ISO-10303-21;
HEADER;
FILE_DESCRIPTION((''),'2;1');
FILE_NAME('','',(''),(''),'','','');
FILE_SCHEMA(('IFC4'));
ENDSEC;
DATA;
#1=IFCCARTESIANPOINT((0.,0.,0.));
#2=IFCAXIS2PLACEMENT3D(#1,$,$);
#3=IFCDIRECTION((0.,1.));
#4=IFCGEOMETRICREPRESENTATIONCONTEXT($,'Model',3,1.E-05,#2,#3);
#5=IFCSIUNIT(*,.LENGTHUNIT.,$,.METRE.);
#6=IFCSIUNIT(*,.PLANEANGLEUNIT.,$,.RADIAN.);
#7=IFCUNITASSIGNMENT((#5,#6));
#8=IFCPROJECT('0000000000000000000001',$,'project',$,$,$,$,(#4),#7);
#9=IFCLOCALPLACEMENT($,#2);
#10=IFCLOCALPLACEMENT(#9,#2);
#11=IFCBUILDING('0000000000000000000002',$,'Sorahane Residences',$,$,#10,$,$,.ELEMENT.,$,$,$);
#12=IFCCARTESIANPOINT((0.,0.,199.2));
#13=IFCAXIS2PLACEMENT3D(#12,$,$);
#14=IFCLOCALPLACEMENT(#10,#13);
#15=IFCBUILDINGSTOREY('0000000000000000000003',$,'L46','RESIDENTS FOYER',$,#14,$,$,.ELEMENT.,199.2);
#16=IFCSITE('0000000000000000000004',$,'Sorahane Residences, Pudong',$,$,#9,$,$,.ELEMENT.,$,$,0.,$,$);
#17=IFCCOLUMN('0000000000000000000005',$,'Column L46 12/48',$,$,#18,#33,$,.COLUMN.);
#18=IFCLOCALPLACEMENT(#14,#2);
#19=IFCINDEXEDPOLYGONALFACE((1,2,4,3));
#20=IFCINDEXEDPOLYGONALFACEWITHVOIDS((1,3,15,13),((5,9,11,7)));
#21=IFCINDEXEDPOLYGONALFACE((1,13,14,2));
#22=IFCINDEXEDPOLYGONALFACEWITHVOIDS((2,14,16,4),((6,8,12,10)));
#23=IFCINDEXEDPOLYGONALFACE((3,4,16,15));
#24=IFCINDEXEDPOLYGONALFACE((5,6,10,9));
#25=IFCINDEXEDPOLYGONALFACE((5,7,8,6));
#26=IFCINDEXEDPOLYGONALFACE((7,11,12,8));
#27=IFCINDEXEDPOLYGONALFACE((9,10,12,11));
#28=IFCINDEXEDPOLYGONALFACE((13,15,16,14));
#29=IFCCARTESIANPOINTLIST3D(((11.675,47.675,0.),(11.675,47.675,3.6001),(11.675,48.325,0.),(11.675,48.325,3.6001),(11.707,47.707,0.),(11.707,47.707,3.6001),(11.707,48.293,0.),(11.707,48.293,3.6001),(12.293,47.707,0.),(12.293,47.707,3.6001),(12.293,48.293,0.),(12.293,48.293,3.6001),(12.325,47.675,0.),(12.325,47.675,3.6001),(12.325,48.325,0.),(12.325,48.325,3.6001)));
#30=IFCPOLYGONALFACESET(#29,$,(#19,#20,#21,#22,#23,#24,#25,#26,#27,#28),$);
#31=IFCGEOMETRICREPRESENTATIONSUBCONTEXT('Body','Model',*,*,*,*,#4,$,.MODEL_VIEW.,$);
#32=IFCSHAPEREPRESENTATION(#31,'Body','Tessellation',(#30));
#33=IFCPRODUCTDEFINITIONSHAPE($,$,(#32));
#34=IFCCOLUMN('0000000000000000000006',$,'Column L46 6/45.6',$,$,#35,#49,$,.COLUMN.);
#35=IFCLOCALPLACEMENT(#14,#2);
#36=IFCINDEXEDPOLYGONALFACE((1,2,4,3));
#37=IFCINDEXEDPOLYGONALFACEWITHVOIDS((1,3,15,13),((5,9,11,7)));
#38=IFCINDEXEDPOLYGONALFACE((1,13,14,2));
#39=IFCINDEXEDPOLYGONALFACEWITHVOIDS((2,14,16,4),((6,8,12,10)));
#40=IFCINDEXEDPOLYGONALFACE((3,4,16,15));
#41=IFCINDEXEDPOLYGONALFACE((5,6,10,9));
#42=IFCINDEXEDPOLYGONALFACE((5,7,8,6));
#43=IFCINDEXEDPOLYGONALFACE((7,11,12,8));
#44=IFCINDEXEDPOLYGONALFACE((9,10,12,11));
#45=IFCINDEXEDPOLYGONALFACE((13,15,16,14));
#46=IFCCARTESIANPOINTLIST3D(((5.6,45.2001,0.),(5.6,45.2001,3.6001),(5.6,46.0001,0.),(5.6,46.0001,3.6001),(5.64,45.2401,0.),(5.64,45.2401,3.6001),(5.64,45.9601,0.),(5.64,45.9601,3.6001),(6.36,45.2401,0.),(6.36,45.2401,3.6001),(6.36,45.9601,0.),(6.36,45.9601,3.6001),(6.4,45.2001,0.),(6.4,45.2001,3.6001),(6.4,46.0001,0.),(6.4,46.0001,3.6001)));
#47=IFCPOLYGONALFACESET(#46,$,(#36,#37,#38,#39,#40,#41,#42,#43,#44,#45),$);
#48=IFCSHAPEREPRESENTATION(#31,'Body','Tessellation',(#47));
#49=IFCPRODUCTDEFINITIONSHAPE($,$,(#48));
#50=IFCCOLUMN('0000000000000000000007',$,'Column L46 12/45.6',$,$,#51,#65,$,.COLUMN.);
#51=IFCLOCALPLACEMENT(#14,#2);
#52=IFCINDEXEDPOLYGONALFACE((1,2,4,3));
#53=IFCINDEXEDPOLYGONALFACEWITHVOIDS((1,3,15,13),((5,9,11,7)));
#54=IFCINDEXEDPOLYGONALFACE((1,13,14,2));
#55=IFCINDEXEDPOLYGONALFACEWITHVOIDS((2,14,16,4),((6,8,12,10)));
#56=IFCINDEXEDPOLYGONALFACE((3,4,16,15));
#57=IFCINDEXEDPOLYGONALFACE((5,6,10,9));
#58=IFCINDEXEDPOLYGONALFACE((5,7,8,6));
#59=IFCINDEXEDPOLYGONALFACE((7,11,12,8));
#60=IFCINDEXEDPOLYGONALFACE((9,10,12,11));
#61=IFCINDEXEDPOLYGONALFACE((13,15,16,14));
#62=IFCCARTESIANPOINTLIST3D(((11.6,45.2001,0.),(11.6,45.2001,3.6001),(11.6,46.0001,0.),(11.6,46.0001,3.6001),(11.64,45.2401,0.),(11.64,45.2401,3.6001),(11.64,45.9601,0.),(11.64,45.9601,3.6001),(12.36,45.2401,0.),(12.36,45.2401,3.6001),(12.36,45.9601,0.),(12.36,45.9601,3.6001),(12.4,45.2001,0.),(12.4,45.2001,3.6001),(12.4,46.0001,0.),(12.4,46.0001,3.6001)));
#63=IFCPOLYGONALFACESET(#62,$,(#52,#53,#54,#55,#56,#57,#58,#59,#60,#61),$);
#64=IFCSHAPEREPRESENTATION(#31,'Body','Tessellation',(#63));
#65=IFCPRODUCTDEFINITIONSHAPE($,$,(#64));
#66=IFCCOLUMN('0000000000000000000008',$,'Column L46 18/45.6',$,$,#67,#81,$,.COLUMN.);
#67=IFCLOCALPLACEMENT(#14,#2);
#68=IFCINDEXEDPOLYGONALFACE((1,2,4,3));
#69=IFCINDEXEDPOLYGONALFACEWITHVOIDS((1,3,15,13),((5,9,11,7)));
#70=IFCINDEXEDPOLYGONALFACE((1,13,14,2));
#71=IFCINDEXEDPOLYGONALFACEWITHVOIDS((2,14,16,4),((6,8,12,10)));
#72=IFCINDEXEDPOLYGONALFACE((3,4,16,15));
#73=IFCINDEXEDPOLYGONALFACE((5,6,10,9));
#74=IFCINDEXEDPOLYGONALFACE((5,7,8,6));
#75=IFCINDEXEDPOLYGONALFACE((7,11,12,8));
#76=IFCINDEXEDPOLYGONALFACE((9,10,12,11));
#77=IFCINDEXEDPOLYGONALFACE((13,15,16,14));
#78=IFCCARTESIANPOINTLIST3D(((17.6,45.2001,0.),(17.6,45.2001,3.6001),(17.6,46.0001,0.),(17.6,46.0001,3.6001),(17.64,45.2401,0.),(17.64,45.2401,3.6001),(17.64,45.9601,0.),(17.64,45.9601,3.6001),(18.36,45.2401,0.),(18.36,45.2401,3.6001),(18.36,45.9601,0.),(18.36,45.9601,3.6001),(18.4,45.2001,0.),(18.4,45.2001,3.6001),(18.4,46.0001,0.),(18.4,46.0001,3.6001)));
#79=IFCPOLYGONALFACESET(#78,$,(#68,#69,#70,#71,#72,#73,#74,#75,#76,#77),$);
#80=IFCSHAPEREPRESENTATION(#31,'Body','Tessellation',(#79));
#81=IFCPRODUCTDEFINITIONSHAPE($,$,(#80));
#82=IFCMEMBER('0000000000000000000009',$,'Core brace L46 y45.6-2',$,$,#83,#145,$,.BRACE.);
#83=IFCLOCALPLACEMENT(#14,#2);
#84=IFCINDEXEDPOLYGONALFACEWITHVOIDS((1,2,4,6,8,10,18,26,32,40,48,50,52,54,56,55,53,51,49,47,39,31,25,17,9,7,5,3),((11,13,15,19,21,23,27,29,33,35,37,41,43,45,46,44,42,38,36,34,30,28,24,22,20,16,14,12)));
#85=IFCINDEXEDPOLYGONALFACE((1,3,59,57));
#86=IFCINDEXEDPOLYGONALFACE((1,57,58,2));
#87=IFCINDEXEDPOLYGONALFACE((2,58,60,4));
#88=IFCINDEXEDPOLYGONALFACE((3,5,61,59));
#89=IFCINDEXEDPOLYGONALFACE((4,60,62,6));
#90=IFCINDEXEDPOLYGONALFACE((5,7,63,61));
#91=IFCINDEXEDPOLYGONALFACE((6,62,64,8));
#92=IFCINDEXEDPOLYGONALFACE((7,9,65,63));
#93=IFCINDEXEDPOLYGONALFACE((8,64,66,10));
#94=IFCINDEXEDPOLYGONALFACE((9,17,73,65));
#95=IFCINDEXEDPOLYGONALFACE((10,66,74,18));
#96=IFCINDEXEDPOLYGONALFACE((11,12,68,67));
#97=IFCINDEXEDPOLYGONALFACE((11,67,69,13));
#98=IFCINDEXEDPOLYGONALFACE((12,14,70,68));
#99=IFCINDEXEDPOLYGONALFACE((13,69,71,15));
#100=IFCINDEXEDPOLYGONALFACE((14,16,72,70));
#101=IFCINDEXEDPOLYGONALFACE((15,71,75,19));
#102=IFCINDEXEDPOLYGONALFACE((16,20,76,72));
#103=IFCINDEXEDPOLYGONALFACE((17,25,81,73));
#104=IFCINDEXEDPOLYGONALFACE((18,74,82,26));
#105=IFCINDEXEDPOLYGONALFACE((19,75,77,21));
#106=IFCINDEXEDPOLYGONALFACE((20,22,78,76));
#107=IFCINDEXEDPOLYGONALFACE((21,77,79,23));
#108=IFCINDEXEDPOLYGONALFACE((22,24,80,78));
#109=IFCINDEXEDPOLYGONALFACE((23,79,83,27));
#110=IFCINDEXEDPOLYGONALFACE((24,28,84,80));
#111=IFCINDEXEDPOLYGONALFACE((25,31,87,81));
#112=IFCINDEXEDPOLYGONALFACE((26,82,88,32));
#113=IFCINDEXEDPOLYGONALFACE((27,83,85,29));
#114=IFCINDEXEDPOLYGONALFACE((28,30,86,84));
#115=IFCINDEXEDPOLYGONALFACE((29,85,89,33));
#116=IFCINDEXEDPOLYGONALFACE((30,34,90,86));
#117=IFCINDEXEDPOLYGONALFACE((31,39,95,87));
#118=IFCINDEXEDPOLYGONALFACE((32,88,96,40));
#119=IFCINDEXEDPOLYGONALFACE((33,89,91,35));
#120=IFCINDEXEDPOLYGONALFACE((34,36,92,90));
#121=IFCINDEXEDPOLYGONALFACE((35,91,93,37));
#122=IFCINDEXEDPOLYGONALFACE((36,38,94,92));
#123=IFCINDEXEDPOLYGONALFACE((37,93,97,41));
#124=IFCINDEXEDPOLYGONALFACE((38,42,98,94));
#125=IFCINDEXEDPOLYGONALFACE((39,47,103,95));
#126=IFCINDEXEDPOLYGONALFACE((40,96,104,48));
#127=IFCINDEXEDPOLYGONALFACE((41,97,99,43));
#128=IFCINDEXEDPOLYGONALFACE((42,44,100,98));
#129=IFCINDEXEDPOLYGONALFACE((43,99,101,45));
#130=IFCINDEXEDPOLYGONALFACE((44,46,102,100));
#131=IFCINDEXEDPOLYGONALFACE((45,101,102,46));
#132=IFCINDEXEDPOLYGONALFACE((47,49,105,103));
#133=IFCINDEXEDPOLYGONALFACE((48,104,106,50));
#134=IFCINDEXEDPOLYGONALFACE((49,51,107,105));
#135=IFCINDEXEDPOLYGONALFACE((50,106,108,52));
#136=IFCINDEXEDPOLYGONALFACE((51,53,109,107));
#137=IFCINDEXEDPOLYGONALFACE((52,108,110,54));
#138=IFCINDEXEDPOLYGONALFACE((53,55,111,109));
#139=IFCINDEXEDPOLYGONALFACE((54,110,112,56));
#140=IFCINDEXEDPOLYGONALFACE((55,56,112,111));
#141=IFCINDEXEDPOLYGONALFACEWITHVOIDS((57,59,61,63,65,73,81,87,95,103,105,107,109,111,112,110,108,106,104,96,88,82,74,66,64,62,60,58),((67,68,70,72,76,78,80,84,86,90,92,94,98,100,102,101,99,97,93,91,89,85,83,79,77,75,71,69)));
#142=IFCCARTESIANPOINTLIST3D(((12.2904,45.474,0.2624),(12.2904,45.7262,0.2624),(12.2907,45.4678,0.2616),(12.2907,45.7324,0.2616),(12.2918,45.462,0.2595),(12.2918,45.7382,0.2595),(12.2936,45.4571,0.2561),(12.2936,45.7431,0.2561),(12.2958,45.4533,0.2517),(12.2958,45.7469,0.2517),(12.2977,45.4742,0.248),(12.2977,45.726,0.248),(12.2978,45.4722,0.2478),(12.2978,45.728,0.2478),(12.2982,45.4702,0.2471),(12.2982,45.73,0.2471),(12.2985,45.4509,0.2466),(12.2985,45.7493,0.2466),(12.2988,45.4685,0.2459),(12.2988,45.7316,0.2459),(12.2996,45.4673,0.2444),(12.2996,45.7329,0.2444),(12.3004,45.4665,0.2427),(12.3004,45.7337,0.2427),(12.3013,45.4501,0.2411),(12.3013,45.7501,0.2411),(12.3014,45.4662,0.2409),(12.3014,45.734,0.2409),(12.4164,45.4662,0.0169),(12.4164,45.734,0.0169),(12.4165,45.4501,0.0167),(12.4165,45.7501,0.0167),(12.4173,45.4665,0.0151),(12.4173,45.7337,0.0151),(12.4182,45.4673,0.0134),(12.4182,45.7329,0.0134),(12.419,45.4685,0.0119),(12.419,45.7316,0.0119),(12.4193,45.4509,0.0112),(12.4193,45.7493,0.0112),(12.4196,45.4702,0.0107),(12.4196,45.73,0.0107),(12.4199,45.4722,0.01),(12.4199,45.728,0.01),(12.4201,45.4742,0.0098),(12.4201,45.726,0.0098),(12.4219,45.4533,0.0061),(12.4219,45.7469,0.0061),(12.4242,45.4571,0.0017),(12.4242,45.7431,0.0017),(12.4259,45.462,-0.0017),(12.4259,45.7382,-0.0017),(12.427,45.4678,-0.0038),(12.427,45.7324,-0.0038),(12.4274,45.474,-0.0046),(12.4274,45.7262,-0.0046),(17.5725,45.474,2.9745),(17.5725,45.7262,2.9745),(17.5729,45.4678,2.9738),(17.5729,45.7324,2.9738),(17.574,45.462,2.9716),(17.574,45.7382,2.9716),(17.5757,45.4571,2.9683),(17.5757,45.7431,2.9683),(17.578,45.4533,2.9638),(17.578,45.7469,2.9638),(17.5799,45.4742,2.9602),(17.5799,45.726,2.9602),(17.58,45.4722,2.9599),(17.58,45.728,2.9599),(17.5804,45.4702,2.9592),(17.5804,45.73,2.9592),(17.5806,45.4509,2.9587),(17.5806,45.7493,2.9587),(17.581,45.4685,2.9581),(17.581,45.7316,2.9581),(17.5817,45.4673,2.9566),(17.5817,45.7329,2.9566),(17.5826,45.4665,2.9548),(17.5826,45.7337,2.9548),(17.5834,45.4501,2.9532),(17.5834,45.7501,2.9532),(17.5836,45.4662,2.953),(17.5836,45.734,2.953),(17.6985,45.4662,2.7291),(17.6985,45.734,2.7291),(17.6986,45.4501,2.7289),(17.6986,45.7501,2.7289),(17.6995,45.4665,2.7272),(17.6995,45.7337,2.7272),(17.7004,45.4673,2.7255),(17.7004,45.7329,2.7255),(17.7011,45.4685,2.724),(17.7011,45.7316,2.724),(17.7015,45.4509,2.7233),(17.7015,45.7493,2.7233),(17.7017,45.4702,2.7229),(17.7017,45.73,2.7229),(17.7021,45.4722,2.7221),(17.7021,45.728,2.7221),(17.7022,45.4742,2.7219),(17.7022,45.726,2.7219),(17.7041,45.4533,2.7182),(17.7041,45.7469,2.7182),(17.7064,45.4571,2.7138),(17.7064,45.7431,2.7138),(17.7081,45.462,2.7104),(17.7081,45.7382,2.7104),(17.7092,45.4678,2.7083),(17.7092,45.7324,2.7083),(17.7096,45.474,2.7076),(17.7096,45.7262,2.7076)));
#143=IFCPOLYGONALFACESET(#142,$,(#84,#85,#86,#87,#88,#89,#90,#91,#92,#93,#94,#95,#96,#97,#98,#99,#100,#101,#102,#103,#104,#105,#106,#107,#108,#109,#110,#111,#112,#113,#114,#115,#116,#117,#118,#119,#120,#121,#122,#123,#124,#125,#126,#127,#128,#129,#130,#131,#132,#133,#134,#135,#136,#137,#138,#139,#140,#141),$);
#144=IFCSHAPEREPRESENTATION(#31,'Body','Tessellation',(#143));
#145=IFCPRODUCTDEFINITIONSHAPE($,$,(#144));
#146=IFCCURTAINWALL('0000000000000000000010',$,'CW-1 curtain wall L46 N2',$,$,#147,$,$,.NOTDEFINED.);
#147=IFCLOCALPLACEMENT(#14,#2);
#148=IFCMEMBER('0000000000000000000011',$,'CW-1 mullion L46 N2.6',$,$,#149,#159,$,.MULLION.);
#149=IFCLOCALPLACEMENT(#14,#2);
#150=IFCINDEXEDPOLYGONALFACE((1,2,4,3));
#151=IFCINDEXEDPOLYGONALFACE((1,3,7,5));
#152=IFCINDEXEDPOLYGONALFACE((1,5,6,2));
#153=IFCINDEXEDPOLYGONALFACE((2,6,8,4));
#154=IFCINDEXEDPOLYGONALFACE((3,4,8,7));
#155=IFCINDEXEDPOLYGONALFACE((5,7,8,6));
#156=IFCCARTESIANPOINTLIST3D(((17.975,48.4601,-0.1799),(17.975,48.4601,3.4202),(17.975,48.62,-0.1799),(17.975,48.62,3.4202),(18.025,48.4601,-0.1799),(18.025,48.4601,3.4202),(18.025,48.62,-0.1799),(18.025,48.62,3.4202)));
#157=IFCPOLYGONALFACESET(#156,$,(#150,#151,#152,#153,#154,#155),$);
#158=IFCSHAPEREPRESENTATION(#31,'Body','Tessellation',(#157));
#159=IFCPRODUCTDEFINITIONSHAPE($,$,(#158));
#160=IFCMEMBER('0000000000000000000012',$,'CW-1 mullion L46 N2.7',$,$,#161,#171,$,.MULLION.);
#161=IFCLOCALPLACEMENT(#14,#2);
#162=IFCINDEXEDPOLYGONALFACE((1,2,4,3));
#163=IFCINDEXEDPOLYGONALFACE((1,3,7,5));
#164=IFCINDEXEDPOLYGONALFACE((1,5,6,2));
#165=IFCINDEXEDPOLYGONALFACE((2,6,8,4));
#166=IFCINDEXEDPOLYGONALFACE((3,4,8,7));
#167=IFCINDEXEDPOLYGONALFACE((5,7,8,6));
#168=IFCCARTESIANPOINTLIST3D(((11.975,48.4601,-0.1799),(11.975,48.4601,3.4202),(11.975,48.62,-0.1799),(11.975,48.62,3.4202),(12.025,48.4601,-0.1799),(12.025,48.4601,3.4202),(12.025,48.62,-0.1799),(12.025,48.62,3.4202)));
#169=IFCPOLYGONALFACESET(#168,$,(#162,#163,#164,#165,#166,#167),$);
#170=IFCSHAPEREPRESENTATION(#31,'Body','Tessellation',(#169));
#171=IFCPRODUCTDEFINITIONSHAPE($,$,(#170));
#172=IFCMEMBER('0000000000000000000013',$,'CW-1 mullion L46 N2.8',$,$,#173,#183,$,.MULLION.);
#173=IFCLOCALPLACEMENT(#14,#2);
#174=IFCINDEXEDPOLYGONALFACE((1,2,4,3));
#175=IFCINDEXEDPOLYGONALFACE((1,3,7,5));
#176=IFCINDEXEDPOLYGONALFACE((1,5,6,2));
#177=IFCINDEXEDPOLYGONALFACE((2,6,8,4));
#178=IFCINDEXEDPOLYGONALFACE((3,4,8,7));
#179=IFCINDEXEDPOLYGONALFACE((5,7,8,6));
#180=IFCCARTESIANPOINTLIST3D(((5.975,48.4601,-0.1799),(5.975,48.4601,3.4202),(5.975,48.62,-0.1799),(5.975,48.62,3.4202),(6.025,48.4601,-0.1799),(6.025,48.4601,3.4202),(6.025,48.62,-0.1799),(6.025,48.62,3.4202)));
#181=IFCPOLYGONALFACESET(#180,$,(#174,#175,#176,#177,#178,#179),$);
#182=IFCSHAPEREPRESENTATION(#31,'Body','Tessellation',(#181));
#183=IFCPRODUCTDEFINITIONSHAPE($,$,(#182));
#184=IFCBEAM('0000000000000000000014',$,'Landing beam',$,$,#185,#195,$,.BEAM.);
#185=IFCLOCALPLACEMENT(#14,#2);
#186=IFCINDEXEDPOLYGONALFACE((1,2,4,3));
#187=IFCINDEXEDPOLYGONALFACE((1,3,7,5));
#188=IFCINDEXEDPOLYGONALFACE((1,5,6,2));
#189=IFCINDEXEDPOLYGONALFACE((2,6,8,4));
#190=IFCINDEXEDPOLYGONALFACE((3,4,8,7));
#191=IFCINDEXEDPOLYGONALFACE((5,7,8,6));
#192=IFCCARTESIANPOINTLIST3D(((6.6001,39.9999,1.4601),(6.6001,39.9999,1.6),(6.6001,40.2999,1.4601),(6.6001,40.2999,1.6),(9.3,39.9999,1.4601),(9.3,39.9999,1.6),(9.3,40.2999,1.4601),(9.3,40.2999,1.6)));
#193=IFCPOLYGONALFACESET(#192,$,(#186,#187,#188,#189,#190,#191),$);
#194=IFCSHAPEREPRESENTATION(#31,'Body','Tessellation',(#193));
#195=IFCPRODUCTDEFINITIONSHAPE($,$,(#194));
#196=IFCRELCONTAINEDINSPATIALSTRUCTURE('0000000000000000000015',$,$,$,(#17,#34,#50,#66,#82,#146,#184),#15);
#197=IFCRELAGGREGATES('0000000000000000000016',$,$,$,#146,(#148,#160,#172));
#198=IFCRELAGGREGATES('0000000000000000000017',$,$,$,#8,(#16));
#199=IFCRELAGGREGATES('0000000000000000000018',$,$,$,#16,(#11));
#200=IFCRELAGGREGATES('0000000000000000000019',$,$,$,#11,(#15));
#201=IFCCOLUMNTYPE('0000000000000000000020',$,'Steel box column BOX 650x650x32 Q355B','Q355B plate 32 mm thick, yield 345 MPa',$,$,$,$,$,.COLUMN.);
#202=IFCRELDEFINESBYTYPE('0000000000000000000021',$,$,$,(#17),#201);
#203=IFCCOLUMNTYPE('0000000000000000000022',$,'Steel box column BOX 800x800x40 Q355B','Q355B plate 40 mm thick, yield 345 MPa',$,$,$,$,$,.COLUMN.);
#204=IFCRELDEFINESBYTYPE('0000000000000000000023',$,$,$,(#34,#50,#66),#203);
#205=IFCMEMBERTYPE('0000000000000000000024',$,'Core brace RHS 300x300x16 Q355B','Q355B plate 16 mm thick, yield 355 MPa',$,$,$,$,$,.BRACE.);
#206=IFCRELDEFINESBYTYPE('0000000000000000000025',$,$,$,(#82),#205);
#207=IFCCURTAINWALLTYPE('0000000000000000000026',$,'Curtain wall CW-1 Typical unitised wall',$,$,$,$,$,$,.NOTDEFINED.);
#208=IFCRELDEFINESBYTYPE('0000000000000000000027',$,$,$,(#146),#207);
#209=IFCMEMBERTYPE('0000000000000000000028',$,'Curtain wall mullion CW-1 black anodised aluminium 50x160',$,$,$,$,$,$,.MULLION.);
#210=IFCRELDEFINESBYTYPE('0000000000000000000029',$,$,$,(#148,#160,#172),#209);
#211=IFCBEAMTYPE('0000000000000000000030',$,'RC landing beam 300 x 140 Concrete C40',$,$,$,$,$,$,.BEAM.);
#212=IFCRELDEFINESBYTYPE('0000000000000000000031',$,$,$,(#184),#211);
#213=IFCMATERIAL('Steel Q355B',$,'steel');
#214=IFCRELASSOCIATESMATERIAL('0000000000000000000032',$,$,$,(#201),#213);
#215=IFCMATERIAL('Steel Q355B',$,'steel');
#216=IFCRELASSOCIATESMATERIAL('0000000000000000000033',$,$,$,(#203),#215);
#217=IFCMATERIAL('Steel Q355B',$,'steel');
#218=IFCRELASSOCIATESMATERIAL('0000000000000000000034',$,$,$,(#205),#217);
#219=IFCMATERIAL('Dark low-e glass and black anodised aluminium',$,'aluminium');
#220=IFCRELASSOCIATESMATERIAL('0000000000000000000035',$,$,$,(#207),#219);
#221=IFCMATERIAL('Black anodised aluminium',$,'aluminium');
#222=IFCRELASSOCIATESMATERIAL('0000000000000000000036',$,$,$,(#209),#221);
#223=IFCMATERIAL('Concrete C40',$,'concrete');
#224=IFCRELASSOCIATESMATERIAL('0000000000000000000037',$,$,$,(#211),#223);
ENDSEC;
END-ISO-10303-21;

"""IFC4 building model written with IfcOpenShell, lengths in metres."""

from ifc_helpers import new_model, si_unit, direction, frame, origin, origin_2d, place, context, subcontext, project, spatial, rectangle, hollow_rectangle, extrude, material, material_profile, profile_set, type_object, element, aggregate, save


model = new_model("IFC4")

# Units and contexts
model_context = context("Model", 3, precision=1e-05, world=origin(), true_north=direction((0.0, 1.0)))
body_context = subcontext(model_context, "Body", "Model", "MODEL_VIEW")
ifc_project = project(units=[si_unit("LENGTHUNIT", "METRE"), si_unit("PLANEANGLEUNIT", "RADIAN")], contexts=[model_context])

# Site, building, storey
site_placement = place(None, origin())
site = spatial("IfcSite", under=ifc_project, at=site_placement, Name="Sorahane Residences, Pudong", CompositionType="ELEMENT", RefElevation=0.0)
building_placement = place(site_placement, origin())
building = spatial("IfcBuilding", under=site, at=building_placement, Name="Sorahane Residences", CompositionType="ELEMENT")
storey_placement = place(building_placement, frame((0.0, 0.0, 199.2)))
storey = spatial("IfcBuildingStorey", under=building, at=storey_placement, Name="L46", Description="RESIDENTS FOYER", CompositionType="ELEMENT", Elevation=199.2)

# Columns
ifc_material_1 = material(Name="Steel Q355B", Category="steel")
ifc_material_profile_1 = material_profile(ifc_material_1, hollow_rectangle(XDim=0.6499, YDim=0.6499, WallThickness=0.032, at=origin_2d()), Name="BOX 650x650x32")
ifc_profile_set_1 = profile_set([ifc_material_profile_1], Name="Steel Q355B")
column_type_1 = type_object("IfcColumnType", Name="Steel box column BOX 650x650x32 Q355B", Description="Q355B plate 32 mm thick, yield 345 MPa", PredefinedType="COLUMN", material=ifc_profile_set_1)
column_placement = place(storey_placement, frame((12.0, 48.0, 0.0), z_axis=(0.0, 0.0, 1.0), x_axis=(1.0, 0.0, 0.0)))
element("IfcColumn", 1, at=column_placement, inside=storey, type_object=column_type_1, Name="Column L46 12/48", PredefinedType="COLUMN", context=body_context, shape_type="SweptSolid", body=[
    extrude(hollow_rectangle(XDim=0.6499, YDim=0.6499, WallThickness=0.032, at=origin_2d()), origin(), (0.0, 0.0, 1.0), 3.6001),
])
ifc_material_2 = material(Name="Steel Q355B", Category="steel")
ifc_material_profile_2 = material_profile(ifc_material_2, hollow_rectangle(XDim=0.8, YDim=0.8, WallThickness=0.04, at=origin_2d()), Name="BOX 800x800x40")
ifc_profile_set_2 = profile_set([ifc_material_profile_2], Name="Steel Q355B")
column_type_2 = type_object("IfcColumnType", Name="Steel box column BOX 800x800x40 Q355B", Description="Q355B plate 40 mm thick, yield 345 MPa", PredefinedType="COLUMN", material=ifc_profile_set_2)
for number, where, z_axis, x_axis, name in (
    (2, (6.0, 45.6001, 0.0), (0.0, 0.0, 1.0), (1.0, 0.0, 0.0), "Column L46 6/45.6"),
    (3, (12.0, 45.6001, 0.0), (0.0, 0.0, 1.0), (1.0, 0.0, 0.0), "Column L46 12/45.6"),
    (4, (18.0, 45.6001, 0.0), (0.0, 0.0, 1.0), (1.0, 0.0, 0.0), "Column L46 18/45.6"),
):
    element("IfcColumn", number, at=place(storey_placement, frame(where, z_axis=z_axis, x_axis=x_axis)), inside=storey, type_object=column_type_2, Name=name, PredefinedType="COLUMN", context=body_context, shape_type="SweptSolid", body=[
        extrude(hollow_rectangle(XDim=0.8, YDim=0.8, WallThickness=0.04, at=origin_2d()), origin(), (0.0, 0.0, 1.0), 3.6001),
    ])

# Member
ifc_material_3 = material(Name="Steel Q355B", Category="steel")
ifc_material_profile_3 = material_profile(ifc_material_3, hollow_rectangle(XDim=0.3, YDim=0.3, WallThickness=0.0161, InnerFilletRadius=0.0081, OuterFilletRadius=0.0239, at=origin_2d()), Name="RHS 300x300x16")
ifc_profile_set_3 = profile_set([ifc_material_profile_3], Name="Steel Q355B")
member_type_1 = type_object("IfcMemberType", Name="Core brace RHS 300x300x16 Q355B", Description="Q355B plate 16 mm thick, yield 355 MPa", PredefinedType="BRACE", material=ifc_profile_set_3)
member_1_placement = place(storey_placement, frame((12.3589, 45.6001, 0.1289), z_axis=(0.88959, 0.0, 0.45676), x_axis=(0.0, 1.0, 0.0)))
element("IfcMember", 5, at=member_1_placement, inside=storey, type_object=member_type_1, Name="Core brace L46 y45.6-2", PredefinedType="BRACE", context=body_context, shape_type="SweptSolid", body=[
    extrude(hollow_rectangle(XDim=0.3, YDim=0.3, WallThickness=0.0161, InnerFilletRadius=0.0081, OuterFilletRadius=0.0239, at=origin_2d()), origin(), (0.0, 0.0, 1.0), 5.9377),
])

# Curtain wall, members
ifc_material_4 = material(Name="Dark low-e glass and black anodised aluminium", Category="aluminium")
curtain_wall_type = type_object("IfcCurtainWallType", Name="Curtain wall CW-1 Typical unitised wall", PredefinedType="NOTDEFINED", material=ifc_material_4)
curtain_wall_placement = place(storey_placement, origin())
curtain_wall = element("IfcCurtainWall", 6, at=curtain_wall_placement, inside=storey, type_object=curtain_wall_type, Name="CW-1 curtain wall L46 N2", PredefinedType="NOTDEFINED")
ifc_material_5 = material(Name="Black anodised aluminium", Category="aluminium")
ifc_material_profile_4 = material_profile(ifc_material_5, rectangle(XDim=0.1599, YDim=0.05, at=origin_2d()), Name="Curtain wall mullion CW-1 black anodised aluminium 50x160")
ifc_profile_set_4 = profile_set([ifc_material_profile_4], Name="Black anodised aluminium")
member_type_2 = type_object("IfcMemberType", Name="Curtain wall mullion CW-1 black anodised aluminium 50x160", PredefinedType="MULLION", material=ifc_profile_set_4)
member_2_placement = place(storey_placement, frame((18.0, 48.54, -0.1799), z_axis=(0.0, 0.0, 1.0), x_axis=(0.0, 1.0, 0.0)))
member_2 = element("IfcMember", 7, at=member_2_placement, type_object=member_type_2, Name="CW-1 mullion L46 N2.6", PredefinedType="MULLION", context=body_context, shape_type="SweptSolid", body=[
    extrude(rectangle(XDim=0.1599, YDim=0.05, at=origin_2d()), origin(), (0.0, 0.0, 1.0), 3.6001),
])
member_3_placement = place(storey_placement, frame((12.0, 48.54, -0.1799), z_axis=(0.0, 0.0, 1.0), x_axis=(0.0, 1.0, 0.0)))
member_3 = element("IfcMember", 8, at=member_3_placement, type_object=member_type_2, Name="CW-1 mullion L46 N2.7", PredefinedType="MULLION", context=body_context, shape_type="SweptSolid", body=[
    extrude(rectangle(XDim=0.1599, YDim=0.05, at=origin_2d()), origin(), (0.0, 0.0, 1.0), 3.6001),
])
member_4_placement = place(storey_placement, frame((6.0, 48.54, -0.1799), z_axis=(0.0, 0.0, 1.0), x_axis=(0.0, 1.0, 0.0)))
member_4 = element("IfcMember", 9, at=member_4_placement, type_object=member_type_2, Name="CW-1 mullion L46 N2.8", PredefinedType="MULLION", context=body_context, shape_type="SweptSolid", body=[
    extrude(rectangle(XDim=0.1599, YDim=0.05, at=origin_2d()), origin(), (0.0, 0.0, 1.0), 3.6001),
])

# Beam
ifc_material_6 = material(Name="Concrete C40", Category="concrete")
ifc_material_profile_5 = material_profile(ifc_material_6, rectangle(XDim=0.3, YDim=0.1399, at=origin_2d()), Name="300x140")
ifc_profile_set_5 = profile_set([ifc_material_profile_5], Name="Concrete C40")
beam_type_1 = type_object("IfcBeamType", Name="RC landing beam 300 x 140 Concrete C40", PredefinedType="BEAM", material=ifc_profile_set_5)
beam_1_placement = place(storey_placement, frame((6.6001, 40.1499, 1.53), z_axis=(1.0, 0.0, 0.0), x_axis=(0.0, 1.0, 0.0)))
element("IfcBeam", 10, at=beam_1_placement, inside=storey, type_object=beam_type_1, Name="Landing beam", PredefinedType="BEAM", context=body_context, shape_type="SweptSolid", body=[
    extrude(rectangle(XDim=0.3, YDim=0.1399, at=origin_2d()), origin(), (0.0, 0.0, 1.0), 2.7),
])

aggregate(curtain_wall, [member_2, member_3, member_4])

save(model, "model.ifc")
